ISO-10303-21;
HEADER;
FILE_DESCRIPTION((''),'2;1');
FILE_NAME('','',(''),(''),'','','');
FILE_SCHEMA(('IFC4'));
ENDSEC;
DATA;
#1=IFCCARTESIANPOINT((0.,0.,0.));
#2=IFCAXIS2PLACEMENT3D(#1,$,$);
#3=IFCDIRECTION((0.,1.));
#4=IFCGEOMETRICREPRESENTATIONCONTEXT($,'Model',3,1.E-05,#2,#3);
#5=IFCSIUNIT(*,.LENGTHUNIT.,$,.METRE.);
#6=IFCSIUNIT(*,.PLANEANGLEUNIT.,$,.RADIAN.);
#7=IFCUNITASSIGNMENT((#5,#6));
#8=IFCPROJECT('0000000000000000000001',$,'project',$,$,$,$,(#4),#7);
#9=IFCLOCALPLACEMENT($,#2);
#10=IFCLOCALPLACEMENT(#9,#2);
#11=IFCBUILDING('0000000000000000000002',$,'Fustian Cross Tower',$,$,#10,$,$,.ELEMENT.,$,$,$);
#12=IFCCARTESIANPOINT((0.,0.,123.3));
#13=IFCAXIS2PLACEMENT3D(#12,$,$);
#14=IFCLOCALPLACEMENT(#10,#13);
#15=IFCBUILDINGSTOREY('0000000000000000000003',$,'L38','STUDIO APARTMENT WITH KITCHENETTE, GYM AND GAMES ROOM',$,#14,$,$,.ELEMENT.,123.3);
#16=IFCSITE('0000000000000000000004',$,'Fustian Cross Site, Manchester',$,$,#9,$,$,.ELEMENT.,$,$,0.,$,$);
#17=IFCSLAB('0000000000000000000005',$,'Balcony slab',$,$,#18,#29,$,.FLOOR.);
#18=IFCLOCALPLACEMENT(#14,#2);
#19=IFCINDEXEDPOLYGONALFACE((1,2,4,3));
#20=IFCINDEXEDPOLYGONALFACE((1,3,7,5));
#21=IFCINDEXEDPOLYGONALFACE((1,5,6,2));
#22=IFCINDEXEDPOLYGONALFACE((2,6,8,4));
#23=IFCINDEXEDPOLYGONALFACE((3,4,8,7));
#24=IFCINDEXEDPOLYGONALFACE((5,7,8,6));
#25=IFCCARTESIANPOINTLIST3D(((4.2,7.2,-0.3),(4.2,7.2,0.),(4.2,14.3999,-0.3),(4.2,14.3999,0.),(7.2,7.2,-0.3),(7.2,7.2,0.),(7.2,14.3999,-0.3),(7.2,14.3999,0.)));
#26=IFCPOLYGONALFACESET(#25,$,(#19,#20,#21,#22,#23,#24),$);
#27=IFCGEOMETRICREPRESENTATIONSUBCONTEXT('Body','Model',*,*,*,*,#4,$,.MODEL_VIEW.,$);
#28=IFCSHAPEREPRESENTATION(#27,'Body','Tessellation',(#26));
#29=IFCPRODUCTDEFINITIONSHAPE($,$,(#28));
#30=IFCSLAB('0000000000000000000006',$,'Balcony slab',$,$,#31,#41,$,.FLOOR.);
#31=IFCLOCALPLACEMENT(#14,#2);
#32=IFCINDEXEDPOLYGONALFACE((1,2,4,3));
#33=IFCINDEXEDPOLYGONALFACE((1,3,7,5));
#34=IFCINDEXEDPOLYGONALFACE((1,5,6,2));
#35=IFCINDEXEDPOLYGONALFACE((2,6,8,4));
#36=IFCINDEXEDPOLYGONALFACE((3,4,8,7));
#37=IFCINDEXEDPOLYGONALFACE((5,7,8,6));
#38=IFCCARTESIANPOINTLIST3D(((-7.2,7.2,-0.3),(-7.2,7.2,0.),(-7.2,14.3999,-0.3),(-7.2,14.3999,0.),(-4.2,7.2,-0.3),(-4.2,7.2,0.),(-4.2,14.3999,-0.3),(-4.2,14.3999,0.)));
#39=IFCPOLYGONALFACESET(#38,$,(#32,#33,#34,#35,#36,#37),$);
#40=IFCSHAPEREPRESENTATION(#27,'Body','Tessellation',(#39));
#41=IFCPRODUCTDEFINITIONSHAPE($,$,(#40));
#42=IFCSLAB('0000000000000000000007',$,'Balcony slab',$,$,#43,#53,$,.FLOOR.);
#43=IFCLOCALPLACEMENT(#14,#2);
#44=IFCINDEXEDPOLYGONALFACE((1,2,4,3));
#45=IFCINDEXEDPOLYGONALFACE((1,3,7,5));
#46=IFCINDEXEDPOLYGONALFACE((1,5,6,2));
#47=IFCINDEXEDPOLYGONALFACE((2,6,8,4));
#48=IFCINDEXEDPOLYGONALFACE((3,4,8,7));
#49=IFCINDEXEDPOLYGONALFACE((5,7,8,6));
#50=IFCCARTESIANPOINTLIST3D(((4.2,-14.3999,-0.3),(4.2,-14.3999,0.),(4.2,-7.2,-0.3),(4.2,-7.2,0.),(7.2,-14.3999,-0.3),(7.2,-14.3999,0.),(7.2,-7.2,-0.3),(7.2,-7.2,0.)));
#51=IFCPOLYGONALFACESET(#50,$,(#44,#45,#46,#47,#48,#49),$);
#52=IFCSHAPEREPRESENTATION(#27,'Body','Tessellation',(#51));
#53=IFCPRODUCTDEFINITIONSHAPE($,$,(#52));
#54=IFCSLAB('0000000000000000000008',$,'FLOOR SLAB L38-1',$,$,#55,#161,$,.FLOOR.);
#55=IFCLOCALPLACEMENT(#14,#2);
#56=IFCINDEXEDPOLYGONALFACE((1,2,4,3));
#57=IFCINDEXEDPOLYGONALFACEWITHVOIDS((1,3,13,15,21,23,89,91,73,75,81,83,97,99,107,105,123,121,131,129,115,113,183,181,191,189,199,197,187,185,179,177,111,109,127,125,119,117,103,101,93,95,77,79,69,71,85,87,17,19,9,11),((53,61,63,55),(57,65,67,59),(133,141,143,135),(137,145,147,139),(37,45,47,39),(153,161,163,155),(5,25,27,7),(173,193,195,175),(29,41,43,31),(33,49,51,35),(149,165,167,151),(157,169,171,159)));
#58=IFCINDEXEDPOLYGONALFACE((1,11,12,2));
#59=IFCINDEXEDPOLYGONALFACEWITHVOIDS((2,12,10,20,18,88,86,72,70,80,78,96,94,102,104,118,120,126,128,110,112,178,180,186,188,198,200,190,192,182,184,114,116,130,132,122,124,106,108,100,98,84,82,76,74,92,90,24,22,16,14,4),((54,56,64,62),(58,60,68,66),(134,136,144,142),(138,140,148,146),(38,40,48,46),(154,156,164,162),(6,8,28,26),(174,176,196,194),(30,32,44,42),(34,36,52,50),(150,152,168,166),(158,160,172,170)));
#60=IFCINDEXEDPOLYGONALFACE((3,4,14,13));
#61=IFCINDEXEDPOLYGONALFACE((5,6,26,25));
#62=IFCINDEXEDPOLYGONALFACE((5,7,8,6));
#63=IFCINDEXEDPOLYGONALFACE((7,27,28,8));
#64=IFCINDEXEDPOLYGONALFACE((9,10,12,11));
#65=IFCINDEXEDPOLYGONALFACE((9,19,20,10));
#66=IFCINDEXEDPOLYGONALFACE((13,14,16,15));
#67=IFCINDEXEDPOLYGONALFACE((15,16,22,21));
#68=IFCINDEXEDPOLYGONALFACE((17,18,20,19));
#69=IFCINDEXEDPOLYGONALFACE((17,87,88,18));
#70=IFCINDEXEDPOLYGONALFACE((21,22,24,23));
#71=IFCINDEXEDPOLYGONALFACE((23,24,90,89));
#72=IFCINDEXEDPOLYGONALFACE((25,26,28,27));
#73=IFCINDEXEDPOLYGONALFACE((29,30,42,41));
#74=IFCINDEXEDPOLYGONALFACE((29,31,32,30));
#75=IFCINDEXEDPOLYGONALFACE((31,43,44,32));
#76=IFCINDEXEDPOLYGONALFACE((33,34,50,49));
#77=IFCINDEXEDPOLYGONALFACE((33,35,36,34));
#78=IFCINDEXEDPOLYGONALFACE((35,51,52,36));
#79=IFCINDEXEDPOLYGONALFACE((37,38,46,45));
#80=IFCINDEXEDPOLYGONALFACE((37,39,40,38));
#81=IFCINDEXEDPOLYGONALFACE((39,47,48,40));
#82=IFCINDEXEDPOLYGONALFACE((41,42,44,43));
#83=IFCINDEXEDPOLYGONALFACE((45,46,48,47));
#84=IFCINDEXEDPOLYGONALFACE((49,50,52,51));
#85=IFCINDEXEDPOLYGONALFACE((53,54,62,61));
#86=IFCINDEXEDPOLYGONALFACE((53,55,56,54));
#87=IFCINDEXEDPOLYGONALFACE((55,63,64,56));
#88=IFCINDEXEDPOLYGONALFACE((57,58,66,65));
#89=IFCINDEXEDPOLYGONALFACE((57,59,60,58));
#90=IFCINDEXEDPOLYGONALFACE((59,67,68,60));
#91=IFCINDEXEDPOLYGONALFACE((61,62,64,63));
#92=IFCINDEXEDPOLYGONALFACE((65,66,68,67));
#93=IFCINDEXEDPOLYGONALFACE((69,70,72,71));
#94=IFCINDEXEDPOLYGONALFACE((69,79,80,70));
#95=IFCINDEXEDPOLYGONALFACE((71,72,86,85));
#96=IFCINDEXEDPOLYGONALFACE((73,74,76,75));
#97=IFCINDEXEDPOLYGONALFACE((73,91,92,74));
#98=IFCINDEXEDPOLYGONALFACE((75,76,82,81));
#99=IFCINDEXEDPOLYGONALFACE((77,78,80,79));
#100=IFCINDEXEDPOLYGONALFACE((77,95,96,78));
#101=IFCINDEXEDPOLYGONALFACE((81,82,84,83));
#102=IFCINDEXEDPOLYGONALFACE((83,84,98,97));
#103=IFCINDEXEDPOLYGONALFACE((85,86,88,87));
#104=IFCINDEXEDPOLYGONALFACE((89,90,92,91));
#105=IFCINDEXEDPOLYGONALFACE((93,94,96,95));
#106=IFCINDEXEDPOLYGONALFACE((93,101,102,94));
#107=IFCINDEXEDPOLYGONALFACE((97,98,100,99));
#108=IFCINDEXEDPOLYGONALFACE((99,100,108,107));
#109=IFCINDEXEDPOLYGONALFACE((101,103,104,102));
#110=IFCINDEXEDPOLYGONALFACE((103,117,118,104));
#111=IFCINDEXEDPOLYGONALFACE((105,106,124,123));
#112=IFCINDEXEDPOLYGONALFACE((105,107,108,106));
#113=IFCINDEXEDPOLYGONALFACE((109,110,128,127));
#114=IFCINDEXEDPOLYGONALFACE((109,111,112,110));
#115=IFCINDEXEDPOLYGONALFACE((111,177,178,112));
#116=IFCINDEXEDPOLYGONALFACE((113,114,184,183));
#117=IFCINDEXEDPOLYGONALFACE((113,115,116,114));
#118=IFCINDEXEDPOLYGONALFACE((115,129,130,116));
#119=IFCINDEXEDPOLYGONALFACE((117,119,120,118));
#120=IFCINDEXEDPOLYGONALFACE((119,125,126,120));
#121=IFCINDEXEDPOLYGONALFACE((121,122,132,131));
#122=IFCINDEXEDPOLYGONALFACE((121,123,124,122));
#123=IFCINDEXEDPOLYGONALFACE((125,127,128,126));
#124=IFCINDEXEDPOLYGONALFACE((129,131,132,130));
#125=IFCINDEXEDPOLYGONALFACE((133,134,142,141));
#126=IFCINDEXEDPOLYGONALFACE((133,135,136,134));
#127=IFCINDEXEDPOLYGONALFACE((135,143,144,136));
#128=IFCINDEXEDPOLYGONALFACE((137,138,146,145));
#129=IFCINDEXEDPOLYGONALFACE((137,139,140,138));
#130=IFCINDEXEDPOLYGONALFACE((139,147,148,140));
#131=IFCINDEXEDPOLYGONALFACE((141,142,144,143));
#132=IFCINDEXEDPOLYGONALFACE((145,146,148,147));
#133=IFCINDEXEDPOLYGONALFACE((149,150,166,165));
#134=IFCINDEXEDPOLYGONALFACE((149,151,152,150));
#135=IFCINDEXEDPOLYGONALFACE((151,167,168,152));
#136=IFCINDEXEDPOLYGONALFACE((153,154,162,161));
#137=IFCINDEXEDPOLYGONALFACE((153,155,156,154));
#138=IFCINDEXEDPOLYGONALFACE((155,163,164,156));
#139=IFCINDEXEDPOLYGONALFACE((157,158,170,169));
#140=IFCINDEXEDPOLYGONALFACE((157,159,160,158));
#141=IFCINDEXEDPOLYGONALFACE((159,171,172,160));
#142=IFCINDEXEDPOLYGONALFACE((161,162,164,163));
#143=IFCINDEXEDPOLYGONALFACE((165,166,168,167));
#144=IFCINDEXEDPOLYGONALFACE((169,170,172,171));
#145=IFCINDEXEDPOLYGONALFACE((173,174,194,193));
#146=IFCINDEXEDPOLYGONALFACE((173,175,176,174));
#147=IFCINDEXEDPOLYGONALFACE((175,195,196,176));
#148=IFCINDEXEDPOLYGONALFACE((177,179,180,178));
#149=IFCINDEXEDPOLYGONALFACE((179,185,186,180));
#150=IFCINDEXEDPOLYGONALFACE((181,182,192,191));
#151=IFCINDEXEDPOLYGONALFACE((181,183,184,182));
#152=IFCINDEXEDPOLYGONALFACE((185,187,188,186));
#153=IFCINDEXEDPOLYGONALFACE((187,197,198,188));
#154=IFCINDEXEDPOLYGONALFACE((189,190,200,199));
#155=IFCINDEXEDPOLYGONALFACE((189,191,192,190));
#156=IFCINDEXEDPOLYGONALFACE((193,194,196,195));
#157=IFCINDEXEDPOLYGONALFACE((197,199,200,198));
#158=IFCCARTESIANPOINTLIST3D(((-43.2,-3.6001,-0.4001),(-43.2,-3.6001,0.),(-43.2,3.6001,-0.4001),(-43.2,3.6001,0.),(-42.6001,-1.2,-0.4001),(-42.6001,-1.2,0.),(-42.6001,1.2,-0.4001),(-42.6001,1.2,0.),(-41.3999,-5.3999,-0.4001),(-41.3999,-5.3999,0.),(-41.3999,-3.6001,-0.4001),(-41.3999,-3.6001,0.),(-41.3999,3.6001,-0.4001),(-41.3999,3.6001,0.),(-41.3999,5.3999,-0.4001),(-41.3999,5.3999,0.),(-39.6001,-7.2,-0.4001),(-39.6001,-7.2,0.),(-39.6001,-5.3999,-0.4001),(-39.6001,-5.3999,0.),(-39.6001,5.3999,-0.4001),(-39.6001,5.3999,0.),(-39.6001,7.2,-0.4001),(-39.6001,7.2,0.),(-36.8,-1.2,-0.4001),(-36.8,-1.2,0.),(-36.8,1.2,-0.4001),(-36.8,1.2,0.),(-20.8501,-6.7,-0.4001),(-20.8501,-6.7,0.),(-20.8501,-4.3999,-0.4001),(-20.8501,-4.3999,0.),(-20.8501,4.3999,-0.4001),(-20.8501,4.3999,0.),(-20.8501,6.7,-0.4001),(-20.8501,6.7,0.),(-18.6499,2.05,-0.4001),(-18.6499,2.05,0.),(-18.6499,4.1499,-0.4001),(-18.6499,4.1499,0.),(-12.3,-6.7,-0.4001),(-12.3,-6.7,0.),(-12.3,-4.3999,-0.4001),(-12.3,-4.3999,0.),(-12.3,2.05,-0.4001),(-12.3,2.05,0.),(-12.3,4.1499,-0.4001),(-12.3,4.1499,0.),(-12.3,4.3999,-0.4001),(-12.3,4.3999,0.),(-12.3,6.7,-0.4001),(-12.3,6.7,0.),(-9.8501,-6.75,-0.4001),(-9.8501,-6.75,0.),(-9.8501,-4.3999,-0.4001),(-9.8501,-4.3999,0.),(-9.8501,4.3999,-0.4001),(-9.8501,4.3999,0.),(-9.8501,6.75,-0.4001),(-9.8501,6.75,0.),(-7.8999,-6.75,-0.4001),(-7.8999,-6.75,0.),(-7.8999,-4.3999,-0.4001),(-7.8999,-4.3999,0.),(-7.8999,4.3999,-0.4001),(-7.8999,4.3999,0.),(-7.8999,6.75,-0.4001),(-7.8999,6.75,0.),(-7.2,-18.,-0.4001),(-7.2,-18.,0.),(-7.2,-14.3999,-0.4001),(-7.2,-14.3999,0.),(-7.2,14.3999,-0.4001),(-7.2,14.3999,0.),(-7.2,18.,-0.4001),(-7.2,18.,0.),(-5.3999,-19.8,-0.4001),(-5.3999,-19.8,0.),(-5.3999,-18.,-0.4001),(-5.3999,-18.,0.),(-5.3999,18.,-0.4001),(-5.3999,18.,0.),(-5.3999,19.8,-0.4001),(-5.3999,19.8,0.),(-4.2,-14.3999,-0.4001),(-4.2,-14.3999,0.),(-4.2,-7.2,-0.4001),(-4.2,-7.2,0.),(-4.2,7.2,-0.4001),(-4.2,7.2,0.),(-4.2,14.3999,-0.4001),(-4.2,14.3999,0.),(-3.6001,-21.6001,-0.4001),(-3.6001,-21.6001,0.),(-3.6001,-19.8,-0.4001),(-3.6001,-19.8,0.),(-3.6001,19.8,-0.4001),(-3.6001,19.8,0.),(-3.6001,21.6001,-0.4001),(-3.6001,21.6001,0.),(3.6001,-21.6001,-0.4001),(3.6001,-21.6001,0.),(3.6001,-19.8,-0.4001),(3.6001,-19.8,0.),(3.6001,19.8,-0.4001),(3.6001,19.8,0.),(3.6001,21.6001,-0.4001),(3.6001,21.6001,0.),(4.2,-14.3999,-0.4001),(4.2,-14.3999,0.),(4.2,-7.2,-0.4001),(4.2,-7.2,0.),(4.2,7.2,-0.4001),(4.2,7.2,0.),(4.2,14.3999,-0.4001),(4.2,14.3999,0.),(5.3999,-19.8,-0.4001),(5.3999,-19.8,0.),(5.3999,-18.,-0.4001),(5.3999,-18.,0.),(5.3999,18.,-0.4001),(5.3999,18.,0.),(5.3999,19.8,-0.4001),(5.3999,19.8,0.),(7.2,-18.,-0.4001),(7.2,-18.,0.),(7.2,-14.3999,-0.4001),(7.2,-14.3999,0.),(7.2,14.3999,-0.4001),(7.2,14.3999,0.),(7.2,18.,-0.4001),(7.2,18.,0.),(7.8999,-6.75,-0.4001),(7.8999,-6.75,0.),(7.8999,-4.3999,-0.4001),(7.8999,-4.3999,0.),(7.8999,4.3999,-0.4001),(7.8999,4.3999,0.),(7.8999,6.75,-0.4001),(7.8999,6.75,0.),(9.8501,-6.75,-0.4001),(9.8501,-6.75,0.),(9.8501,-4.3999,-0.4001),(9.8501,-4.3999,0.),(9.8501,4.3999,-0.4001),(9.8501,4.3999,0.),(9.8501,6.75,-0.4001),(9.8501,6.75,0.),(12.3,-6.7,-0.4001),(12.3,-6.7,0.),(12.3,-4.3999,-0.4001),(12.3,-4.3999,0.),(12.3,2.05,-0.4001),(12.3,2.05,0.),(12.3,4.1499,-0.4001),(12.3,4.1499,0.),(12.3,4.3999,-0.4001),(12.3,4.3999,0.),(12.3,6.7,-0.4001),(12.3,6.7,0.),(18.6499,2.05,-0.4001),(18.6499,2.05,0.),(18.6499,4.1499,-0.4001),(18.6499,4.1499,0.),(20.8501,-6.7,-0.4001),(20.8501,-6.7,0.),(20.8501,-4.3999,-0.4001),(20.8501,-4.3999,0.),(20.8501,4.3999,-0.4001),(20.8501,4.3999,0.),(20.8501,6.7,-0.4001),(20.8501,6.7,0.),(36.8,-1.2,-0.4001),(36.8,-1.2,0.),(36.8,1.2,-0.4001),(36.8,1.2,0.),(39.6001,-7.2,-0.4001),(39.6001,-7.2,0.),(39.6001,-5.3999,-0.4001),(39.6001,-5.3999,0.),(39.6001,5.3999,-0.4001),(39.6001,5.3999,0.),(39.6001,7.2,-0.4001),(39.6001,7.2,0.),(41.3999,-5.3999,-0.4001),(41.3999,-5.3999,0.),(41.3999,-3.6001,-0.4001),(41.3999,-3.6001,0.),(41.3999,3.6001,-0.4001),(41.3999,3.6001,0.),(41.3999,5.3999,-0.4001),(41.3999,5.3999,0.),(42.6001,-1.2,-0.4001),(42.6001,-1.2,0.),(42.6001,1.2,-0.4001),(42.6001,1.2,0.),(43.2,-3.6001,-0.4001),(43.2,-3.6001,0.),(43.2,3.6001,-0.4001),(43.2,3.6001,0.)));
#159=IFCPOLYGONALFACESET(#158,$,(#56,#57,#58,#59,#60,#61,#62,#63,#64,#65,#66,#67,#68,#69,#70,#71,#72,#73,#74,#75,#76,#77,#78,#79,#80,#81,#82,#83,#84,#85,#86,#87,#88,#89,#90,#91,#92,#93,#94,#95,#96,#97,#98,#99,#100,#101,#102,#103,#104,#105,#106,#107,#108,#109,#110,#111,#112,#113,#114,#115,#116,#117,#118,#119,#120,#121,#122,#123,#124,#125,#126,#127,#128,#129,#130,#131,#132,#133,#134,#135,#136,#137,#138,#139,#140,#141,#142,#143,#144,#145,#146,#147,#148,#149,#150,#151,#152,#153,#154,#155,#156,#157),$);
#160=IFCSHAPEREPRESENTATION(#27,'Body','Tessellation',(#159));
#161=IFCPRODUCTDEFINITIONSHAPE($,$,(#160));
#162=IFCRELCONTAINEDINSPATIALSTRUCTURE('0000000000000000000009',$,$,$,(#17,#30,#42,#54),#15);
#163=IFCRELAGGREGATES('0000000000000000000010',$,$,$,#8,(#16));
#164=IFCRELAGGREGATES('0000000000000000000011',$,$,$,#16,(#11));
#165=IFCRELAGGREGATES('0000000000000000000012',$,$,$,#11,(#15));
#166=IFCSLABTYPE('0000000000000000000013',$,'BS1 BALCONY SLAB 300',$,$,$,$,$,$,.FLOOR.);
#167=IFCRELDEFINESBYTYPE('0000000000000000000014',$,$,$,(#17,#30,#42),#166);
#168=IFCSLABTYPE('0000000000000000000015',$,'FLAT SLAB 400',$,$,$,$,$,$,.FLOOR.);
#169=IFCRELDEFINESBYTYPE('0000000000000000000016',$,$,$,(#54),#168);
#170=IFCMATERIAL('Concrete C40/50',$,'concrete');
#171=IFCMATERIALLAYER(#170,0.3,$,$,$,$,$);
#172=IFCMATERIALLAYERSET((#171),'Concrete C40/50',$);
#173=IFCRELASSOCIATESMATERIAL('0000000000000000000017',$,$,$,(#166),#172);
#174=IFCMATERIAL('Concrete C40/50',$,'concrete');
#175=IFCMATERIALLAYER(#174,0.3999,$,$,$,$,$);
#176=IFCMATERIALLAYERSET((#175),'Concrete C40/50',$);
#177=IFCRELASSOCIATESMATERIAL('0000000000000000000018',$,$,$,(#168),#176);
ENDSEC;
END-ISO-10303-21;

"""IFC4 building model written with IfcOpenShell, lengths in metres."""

from ifc_helpers import new_model, si_unit, direction, frame, origin, place, context, subcontext, project, spatial, polyline, outline, extrude, material, layer, layer_set, type_object, element, save


model = new_model("IFC4")

# Units and contexts
model_context = context("Model", 3, precision=1e-05, world=origin(), true_north=direction((0.0, 1.0)))
body_context = subcontext(model_context, "Body", "Model", "MODEL_VIEW")
ifc_project = project(units=[si_unit("LENGTHUNIT", "METRE"), si_unit("PLANEANGLEUNIT", "RADIAN")], contexts=[model_context])

# Site, building, storey
site_placement = place(None, origin())
site = spatial("IfcSite", under=ifc_project, at=site_placement, Name="Fustian Cross Site, Manchester", CompositionType="ELEMENT", RefElevation=0.0)
building_placement = place(site_placement, origin())
building = spatial("IfcBuilding", under=site, at=building_placement, Name="Fustian Cross Tower", CompositionType="ELEMENT")
storey_placement = place(building_placement, frame((0.0, 0.0, 123.3)))
storey = spatial("IfcBuildingStorey", under=building, at=storey_placement, Name="L38", Description="STUDIO APARTMENT WITH KITCHENETTE, GYM AND GAMES ROOM", CompositionType="ELEMENT", Elevation=123.3)

# Slabs
ifc_material_1 = material(Name="Concrete C40/50", Category="concrete")
ifc_layer_1 = layer(ifc_material_1, 0.3)
ifc_layer_set_1 = layer_set([ifc_layer_1], Name="Concrete C40/50")
slab_type_1 = type_object("IfcSlabType", Name="BS1 BALCONY SLAB 300", PredefinedType="FLOOR", material=ifc_layer_set_1)
slab_1_placement = place(storey_placement, frame((0.0, 0.0, -0.3)))
element("IfcSlab", 1, at=slab_1_placement, inside=storey, type_object=slab_type_1, Name="Balcony slab", PredefinedType="FLOOR", context=body_context, shape_type="SweptSolid", body=[
    extrude(outline(polyline([(4.2, 7.2), (7.2, 7.2), (7.2, 14.3999), (4.2, 14.3999), (4.2, 7.2)])), origin(), (0.0, 0.0, 1.0), 0.3),
])
slab_2_placement = place(storey_placement, frame((0.0, 0.0, -0.3)))
element("IfcSlab", 2, at=slab_2_placement, inside=storey, type_object=slab_type_1, Name="Balcony slab", PredefinedType="FLOOR", context=body_context, shape_type="SweptSolid", body=[
    extrude(outline(polyline([(-7.2, 7.2), (-4.2, 7.2), (-4.2, 14.3999), (-7.2, 14.3999), (-7.2, 7.2)])), origin(), (0.0, 0.0, 1.0), 0.3),
])
slab_3_placement = place(storey_placement, frame((0.0, 0.0, -0.3)))
element("IfcSlab", 3, at=slab_3_placement, inside=storey, type_object=slab_type_1, Name="Balcony slab", PredefinedType="FLOOR", context=body_context, shape_type="SweptSolid", body=[
    extrude(outline(polyline([(4.2, -14.3999), (7.2, -14.3999), (7.2, -7.2), (4.2, -7.2), (4.2, -14.3999)])), origin(), (0.0, 0.0, 1.0), 0.3),
])
ifc_material_2 = material(Name="Concrete C40/50", Category="concrete")
ifc_layer_2 = layer(ifc_material_2, 0.3999)
ifc_layer_set_2 = layer_set([ifc_layer_2], Name="Concrete C40/50")
slab_type_2 = type_object("IfcSlabType", Name="FLAT SLAB 400", PredefinedType="FLOOR", material=ifc_layer_set_2)
slab_4_placement = place(storey_placement, frame((0.0, 0.0, -0.4001)))
element("IfcSlab", 4, at=slab_4_placement, inside=storey, type_object=slab_type_2, Name="FLOOR SLAB L38-1", PredefinedType="FLOOR", context=body_context, shape_type="SweptSolid", body=[
    extrude(outline(polyline([(-5.3999, -18.0), (-7.2, -18.0), (-7.2, -14.3999), (-4.2, -14.3999), (-4.2, -7.2), (-39.6001, -7.2), (-39.6001, -5.3999), (-41.3999, -5.3999), (-41.3999, -3.6001), (-43.2, -3.6001), (-43.2, 3.6001), (-41.3999, 3.6001), (-41.3999, 5.3999), (-39.6001, 5.3999), (-39.6001, 7.2), (-4.2, 7.2), (-4.2, 14.3999), (-7.2, 14.3999), (-7.2, 18.0), (-5.3999, 18.0), (-5.3999, 19.8), (-3.6001, 19.8), (-3.6001, 21.6001), (3.6001, 21.6001), (3.6001, 19.8), (5.3999, 19.8), (5.3999, 18.0), (7.2, 18.0), (7.2, 14.3999), (4.2, 14.3999), (4.2, 7.2), (39.6001, 7.2), (39.6001, 5.3999), (41.3999, 5.3999), (41.3999, 3.6001), (43.2, 3.6001), (43.2, -3.6001), (41.3999, -3.6001), (41.3999, -5.3999), (39.6001, -5.3999), (39.6001, -7.2), (4.2, -7.2), (4.2, -14.3999), (7.2, -14.3999), (7.2, -18.0), (5.3999, -18.0), (5.3999, -19.8), (3.6001, -19.8), (3.6001, -21.6001), (-3.6001, -21.6001), (-3.6001, -19.8), (-5.3999, -19.8), (-5.3999, -18.0)]), holes=[polyline([(9.8501, 4.3999), (9.8501, 6.75), (7.8999, 6.75), (7.8999, 4.3999), (9.8501, 4.3999)]), polyline([(7.8999, -6.75), (9.8501, -6.75), (9.8501, -4.3999), (7.8999, -4.3999), (7.8999, -6.75)]), polyline([(-9.8501, 6.75), (-9.8501, 4.3999), (-7.8999, 4.3999), (-7.8999, 6.75), (-9.8501, 6.75)]), polyline([(-7.8999, -4.3999), (-9.8501, -4.3999), (-9.8501, -6.75), (-7.8999, -6.75), (-7.8999, -4.3999)]), polyline([(18.6499, 2.05), (18.6499, 4.1499), (12.3, 4.1499), (12.3, 2.05), (18.6499, 2.05)]), polyline([(-18.6499, 2.05), (-12.3, 2.05), (-12.3, 4.1499), (-18.6499, 4.1499), (-18.6499, 2.05)]), polyline([(12.3, 6.7), (12.3, 4.3999), (20.8501, 4.3999), (20.8501, 6.7), (12.3, 6.7)]), polyline([(20.8501, -4.3999), (12.3, -4.3999), (12.3, -6.7), (20.8501, -6.7), (20.8501, -4.3999)]), polyline([(-12.3, 4.3999), (-12.3, 6.7), (-20.8501, 6.7), (-20.8501, 4.3999), (-12.3, 4.3999)]), polyline([(-20.8501, -6.7), (-12.3, -6.7), (-12.3, -4.3999), (-20.8501, -4.3999), (-20.8501, -6.7)]), polyline([(36.8, 1.2), (36.8, -1.2), (42.6001, -1.2), (42.6001, 1.2), (36.8, 1.2)]), polyline([(-36.8, 1.2), (-42.6001, 1.2), (-42.6001, -1.2), (-36.8, -1.2), (-36.8, 1.2)])]), origin(), (0.0, 0.0, 1.0), 0.4001),
])

save(model, "model.ifc")
